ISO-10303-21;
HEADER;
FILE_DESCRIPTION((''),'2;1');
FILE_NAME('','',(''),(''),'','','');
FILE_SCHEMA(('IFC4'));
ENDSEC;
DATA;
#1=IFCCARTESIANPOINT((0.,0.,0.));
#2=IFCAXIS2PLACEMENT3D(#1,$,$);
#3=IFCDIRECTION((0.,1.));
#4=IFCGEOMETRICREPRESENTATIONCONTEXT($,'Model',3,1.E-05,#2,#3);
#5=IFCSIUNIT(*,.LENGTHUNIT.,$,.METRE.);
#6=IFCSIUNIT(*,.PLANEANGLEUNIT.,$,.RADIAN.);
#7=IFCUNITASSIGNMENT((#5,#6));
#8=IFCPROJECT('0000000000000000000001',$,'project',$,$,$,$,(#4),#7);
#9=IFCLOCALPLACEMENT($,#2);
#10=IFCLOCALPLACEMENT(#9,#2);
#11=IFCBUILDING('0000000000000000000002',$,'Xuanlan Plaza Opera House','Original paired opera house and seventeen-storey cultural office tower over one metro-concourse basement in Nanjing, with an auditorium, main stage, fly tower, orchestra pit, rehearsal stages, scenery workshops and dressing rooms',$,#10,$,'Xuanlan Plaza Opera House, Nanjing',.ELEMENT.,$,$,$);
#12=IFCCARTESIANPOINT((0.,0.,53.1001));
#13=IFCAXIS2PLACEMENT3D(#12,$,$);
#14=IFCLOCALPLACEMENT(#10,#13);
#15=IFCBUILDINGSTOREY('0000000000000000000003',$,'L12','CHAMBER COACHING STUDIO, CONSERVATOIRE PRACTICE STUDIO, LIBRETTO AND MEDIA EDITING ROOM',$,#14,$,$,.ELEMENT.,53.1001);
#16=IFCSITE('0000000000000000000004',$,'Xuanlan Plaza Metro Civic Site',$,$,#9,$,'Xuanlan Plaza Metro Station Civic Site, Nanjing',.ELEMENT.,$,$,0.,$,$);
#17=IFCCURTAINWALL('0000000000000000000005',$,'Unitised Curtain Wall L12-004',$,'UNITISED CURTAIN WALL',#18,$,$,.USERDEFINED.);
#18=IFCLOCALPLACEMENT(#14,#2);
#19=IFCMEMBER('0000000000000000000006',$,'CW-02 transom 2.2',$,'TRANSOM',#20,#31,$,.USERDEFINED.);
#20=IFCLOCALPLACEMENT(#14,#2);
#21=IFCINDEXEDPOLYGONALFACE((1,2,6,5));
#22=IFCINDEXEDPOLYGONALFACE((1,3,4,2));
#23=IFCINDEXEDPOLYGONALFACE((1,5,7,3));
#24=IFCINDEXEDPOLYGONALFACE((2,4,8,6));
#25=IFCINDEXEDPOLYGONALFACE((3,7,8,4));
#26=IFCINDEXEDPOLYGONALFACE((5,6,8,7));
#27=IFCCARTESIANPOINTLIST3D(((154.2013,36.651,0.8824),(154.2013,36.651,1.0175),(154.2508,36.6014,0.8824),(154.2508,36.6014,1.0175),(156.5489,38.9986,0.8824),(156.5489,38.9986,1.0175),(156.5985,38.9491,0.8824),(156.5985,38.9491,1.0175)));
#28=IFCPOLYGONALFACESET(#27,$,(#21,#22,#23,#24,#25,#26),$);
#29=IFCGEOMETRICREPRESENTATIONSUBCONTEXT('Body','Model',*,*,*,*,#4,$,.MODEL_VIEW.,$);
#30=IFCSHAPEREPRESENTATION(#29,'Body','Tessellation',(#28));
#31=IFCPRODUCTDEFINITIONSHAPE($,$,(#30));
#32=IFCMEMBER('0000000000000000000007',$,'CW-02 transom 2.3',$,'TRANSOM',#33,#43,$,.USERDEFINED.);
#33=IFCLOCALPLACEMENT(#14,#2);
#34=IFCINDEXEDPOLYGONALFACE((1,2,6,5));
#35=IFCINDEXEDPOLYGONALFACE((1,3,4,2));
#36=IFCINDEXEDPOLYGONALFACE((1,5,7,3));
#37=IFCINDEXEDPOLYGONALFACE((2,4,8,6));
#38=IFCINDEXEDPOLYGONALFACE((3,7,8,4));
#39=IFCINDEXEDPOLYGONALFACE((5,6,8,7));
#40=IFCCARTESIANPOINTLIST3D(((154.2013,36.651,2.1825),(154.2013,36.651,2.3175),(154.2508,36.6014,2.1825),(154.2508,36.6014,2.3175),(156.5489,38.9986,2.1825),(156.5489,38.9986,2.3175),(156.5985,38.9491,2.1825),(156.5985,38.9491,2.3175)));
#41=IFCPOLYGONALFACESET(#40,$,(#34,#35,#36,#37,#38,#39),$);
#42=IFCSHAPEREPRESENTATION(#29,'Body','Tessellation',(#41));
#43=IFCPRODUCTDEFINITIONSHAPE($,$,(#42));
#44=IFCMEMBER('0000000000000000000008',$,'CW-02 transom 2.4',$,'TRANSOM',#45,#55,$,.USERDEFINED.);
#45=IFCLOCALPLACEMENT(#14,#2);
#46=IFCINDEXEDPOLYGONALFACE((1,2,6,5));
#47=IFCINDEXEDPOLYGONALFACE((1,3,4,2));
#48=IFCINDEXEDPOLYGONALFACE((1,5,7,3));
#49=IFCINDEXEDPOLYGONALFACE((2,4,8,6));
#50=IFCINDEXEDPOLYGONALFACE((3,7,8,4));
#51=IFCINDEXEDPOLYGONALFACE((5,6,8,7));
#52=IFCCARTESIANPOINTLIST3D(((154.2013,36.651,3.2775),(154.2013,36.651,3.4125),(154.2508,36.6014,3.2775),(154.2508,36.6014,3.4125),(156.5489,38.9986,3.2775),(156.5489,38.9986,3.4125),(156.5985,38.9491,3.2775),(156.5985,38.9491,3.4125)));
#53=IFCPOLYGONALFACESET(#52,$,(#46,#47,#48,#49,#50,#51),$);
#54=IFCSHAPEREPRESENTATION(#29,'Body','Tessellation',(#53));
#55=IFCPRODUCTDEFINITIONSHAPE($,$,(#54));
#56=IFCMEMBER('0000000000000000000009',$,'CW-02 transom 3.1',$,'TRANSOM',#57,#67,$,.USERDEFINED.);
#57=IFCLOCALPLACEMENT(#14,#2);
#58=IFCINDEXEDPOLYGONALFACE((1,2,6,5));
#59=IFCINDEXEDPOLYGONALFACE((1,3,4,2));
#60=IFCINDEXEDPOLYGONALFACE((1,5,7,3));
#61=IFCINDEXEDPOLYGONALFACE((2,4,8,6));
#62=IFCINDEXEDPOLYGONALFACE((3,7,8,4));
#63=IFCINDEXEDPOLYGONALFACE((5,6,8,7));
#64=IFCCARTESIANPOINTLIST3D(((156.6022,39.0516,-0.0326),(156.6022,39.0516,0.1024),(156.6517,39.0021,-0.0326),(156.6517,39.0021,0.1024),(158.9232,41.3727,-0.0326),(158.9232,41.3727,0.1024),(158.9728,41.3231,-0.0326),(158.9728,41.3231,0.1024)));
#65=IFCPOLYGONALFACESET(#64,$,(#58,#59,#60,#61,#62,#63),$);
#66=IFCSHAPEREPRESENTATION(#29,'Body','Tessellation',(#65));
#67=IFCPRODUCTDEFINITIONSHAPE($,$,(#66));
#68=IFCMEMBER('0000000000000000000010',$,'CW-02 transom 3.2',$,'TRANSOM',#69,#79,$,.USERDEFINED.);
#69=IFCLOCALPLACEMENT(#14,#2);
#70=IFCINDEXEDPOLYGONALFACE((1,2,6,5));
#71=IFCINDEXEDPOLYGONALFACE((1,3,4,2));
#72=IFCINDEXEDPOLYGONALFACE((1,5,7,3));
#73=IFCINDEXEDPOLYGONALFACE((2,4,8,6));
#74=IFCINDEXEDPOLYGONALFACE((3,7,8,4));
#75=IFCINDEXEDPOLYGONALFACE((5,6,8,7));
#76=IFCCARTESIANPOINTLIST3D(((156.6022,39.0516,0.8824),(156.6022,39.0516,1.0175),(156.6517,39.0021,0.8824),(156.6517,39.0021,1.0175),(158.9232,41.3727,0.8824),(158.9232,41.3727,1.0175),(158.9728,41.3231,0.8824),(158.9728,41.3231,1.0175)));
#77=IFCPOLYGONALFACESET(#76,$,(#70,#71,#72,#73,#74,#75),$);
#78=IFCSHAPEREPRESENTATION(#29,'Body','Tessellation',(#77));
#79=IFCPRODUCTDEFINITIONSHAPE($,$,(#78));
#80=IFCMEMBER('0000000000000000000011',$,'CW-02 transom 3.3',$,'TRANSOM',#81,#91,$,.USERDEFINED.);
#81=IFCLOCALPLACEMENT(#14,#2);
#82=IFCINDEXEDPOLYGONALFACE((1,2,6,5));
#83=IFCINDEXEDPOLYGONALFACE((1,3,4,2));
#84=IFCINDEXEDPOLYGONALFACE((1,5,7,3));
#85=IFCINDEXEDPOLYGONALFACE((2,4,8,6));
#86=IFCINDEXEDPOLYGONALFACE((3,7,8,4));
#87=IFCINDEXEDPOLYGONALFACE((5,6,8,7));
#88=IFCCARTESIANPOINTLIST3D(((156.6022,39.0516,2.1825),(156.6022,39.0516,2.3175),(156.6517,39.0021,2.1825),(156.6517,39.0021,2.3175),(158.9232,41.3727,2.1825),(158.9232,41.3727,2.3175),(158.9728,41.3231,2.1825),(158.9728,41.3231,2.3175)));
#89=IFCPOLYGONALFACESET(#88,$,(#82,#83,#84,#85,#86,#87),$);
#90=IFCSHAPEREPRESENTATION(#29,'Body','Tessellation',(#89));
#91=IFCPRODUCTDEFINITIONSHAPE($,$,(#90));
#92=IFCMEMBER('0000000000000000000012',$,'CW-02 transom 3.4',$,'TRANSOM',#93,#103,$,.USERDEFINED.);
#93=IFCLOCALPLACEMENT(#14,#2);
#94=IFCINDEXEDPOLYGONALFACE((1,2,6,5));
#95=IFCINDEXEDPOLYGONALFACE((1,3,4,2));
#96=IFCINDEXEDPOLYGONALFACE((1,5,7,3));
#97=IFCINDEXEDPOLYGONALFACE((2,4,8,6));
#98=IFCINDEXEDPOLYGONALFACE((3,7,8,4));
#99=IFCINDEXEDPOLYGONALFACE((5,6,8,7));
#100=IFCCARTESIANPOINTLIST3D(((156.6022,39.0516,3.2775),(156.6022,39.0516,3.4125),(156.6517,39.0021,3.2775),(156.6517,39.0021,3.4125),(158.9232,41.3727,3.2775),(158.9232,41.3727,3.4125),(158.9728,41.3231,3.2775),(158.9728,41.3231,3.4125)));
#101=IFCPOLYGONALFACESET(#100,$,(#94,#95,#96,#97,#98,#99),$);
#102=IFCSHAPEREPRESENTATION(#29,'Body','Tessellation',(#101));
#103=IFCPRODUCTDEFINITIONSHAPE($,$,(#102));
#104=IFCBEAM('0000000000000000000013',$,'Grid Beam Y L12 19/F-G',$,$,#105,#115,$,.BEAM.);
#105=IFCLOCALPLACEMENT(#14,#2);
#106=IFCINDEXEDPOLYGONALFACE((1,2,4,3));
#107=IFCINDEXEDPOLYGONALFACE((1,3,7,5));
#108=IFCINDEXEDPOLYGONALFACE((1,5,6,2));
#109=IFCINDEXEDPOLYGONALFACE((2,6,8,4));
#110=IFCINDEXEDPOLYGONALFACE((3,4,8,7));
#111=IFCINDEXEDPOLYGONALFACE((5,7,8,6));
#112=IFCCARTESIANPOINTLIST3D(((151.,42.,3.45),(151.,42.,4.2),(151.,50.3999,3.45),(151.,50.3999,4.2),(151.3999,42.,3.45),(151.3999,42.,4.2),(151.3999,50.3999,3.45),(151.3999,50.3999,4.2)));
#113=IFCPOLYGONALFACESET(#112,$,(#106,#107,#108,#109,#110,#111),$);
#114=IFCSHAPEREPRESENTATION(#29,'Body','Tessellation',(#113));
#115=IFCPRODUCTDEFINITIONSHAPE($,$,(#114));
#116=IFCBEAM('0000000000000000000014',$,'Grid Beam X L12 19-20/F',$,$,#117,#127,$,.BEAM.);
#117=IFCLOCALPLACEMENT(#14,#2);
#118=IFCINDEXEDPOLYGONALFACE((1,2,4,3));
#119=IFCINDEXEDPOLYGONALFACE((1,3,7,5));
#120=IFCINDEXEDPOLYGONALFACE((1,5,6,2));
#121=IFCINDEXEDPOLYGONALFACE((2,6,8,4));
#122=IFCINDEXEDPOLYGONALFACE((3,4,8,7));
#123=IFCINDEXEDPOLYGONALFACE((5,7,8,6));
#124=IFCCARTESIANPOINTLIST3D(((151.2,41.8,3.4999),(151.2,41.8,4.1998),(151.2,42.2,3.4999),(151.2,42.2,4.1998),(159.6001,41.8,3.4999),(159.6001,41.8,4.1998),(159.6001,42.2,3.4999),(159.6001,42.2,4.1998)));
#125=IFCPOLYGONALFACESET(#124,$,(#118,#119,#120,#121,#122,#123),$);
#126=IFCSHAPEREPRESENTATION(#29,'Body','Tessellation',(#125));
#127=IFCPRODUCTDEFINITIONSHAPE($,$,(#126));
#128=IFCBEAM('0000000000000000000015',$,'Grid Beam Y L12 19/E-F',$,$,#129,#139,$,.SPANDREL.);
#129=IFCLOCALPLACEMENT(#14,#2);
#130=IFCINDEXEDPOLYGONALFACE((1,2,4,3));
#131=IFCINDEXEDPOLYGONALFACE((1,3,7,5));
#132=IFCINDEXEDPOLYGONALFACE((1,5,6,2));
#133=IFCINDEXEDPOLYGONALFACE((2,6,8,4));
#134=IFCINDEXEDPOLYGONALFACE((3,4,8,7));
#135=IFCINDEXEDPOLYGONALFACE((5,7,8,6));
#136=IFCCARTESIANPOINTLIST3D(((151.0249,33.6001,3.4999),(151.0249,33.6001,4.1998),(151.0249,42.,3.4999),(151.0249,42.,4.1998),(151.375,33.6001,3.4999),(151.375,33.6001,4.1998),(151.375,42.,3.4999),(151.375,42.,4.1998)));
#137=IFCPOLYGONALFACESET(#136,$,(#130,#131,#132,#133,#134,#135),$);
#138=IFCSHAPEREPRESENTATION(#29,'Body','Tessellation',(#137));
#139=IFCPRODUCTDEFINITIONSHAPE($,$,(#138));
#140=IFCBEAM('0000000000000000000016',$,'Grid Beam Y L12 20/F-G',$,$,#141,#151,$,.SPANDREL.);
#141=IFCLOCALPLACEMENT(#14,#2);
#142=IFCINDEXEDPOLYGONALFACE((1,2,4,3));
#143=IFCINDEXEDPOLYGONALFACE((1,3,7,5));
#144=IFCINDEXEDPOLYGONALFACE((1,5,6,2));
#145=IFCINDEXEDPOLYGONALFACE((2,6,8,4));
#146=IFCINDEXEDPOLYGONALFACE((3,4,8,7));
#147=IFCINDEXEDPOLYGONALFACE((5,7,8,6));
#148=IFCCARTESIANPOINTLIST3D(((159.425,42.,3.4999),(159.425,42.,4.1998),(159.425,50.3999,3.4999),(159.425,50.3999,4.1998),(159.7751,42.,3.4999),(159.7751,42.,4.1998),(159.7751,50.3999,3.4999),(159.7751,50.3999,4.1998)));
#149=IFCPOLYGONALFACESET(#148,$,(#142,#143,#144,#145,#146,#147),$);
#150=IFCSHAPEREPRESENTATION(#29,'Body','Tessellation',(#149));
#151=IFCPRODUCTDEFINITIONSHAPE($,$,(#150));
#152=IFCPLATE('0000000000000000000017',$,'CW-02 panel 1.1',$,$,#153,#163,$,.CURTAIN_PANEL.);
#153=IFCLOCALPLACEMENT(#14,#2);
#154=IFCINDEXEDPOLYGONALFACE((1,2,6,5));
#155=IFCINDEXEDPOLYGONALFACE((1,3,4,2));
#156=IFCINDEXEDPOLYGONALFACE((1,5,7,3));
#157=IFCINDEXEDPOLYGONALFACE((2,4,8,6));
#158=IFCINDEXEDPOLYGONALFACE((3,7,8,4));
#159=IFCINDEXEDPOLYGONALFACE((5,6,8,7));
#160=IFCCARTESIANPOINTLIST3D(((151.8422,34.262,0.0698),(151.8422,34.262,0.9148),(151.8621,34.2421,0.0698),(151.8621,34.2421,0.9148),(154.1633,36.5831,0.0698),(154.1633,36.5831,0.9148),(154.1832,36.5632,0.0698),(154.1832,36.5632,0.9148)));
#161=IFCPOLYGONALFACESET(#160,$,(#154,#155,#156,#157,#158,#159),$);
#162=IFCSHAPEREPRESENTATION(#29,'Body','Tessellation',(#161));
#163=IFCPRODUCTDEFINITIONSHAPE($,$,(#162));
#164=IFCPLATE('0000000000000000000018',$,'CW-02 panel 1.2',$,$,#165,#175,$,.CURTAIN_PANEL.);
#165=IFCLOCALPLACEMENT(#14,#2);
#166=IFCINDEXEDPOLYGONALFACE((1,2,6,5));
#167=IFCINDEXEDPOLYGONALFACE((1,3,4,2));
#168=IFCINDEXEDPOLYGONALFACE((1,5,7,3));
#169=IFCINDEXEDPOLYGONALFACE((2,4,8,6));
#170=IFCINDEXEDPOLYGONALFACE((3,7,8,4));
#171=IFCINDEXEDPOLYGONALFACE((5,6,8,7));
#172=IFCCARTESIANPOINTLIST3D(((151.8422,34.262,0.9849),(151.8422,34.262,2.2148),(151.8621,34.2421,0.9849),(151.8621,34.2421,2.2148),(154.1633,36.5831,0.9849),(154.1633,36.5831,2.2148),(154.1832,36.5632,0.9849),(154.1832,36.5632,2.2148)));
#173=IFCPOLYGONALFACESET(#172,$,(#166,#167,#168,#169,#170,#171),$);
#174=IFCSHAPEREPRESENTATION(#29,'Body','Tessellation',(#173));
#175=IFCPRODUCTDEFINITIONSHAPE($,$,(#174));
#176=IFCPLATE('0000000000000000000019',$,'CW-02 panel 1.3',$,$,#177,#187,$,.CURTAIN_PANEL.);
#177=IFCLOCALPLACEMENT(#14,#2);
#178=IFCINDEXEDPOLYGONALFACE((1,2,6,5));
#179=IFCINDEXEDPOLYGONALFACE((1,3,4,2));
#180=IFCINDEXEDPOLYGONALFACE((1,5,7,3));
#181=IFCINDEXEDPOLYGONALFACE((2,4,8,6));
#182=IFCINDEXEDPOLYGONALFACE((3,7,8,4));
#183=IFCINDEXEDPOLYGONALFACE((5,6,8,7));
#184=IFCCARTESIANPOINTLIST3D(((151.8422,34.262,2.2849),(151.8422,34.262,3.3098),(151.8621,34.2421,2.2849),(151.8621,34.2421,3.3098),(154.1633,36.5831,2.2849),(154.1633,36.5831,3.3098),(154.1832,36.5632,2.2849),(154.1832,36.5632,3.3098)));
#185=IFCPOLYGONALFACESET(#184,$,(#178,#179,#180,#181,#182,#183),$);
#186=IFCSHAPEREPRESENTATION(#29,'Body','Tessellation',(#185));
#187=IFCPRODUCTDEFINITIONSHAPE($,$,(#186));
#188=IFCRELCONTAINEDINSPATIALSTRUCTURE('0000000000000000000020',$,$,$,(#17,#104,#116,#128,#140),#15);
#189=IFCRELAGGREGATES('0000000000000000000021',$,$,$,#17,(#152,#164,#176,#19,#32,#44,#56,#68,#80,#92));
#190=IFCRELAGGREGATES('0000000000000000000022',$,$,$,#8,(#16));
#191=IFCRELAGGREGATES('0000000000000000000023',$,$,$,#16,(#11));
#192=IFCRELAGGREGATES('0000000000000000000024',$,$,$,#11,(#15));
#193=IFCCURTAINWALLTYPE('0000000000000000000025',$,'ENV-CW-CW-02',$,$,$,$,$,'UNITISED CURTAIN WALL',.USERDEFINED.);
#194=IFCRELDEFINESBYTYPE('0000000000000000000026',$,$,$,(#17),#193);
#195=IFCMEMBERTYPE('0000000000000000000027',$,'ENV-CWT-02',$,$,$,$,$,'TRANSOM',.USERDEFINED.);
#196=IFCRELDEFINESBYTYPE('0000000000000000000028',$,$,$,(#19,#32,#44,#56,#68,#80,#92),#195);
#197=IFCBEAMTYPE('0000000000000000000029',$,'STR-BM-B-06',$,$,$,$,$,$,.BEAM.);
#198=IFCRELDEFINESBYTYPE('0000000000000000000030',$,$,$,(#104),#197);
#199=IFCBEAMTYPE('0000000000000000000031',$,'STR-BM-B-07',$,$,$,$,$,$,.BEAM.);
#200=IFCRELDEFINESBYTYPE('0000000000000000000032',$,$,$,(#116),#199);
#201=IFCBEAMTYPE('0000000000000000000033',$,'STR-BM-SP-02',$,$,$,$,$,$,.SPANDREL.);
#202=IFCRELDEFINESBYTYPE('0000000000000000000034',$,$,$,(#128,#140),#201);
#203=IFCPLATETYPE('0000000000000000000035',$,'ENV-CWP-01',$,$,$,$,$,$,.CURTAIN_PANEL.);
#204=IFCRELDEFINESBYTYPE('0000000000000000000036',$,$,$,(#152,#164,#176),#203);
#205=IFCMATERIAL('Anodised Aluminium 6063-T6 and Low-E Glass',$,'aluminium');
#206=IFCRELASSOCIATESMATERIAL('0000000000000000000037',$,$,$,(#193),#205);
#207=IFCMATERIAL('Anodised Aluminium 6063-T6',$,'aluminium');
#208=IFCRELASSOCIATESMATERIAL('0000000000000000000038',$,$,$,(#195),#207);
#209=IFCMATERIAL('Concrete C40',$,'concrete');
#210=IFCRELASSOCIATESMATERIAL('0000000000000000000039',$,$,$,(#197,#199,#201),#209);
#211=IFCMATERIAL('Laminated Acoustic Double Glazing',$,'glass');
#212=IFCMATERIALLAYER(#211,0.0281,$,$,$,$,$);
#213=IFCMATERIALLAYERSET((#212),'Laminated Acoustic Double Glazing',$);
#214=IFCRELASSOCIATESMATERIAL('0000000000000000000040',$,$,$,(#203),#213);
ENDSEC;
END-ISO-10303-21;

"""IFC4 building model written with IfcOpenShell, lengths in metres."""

from ifc_helpers import new_model, si_unit, direction, frame, origin, origin_2d, place, context, subcontext, project, spatial, rectangle, extrude, material, layer, layer_set, material_profile, profile_set, type_object, element, aggregate, save


model = new_model("IFC4")

# Units and contexts
model_context = context("Model", 3, precision=1e-05, world=origin(), true_north=direction((0.0, 1.0)))
body_context = subcontext(model_context, "Body", "Model", "MODEL_VIEW")
ifc_project = project(units=[si_unit("LENGTHUNIT", "METRE"), si_unit("PLANEANGLEUNIT", "RADIAN")], contexts=[model_context])

# Site, building, storey
site_placement = place(None, origin())
site = spatial("IfcSite", under=ifc_project, at=site_placement, Name="Xuanlan Plaza Metro Civic Site", LongName="Xuanlan Plaza Metro Station Civic Site, Nanjing", CompositionType="ELEMENT", RefElevation=0.0)
building_placement = place(site_placement, origin())
building = spatial("IfcBuilding", under=site, at=building_placement, Name="Xuanlan Plaza Opera House", Description="Original paired opera house and seventeen-storey cultural office tower over one metro-concourse basement in Nanjing, with an auditorium, main stage, fly tower, orchestra pit, rehearsal stages, scenery workshops and dressing rooms", LongName="Xuanlan Plaza Opera House, Nanjing", CompositionType="ELEMENT")
storey_placement = place(building_placement, frame((0.0, 0.0, 53.1001)))
storey = spatial("IfcBuildingStorey", under=building, at=storey_placement, Name="L12", Description="CHAMBER COACHING STUDIO, CONSERVATOIRE PRACTICE STUDIO, LIBRETTO AND MEDIA EDITING ROOM", CompositionType="ELEMENT", Elevation=53.1001)

# Curtain wall, members
ifc_material_1 = material(Name="Anodised Aluminium 6063-T6 and Low-E Glass", Category="aluminium")
curtain_wall_type = type_object("IfcCurtainWallType", Name="ENV-CW-CW-02", ElementType="UNITISED CURTAIN WALL", PredefinedType="USERDEFINED", material=ifc_material_1)
curtain_wall_placement = place(storey_placement, origin())
curtain_wall = element("IfcCurtainWall", 1, at=curtain_wall_placement, inside=storey, type_object=curtain_wall_type, Name="Unitised Curtain Wall L12-004", ObjectType="UNITISED CURTAIN WALL", PredefinedType="USERDEFINED")
ifc_material_2 = material(Name="Anodised Aluminium 6063-T6", Category="aluminium")
ifc_material_profile_1 = material_profile(ifc_material_2, rectangle(XDim=0.0701, YDim=0.135, at=origin_2d()), Name="ALU-T 70x135")
ifc_profile_set_1 = profile_set([ifc_material_profile_1], Name="Anodised Aluminium 6063-T6")
member_type_1 = type_object("IfcMemberType", Name="ENV-CWT-02", ElementType="TRANSOM", PredefinedType="USERDEFINED", material=ifc_profile_set_1)
member_1_placement = place(storey_placement, frame((154.2261, 36.6262, 0.95), z_axis=(0.707107, 0.707107, 0.0), x_axis=(-0.707107, 0.707107, 0.0)))
member_1 = element("IfcMember", 2, at=member_1_placement, type_object=member_type_1, Name="CW-02 transom 2.2", ObjectType="TRANSOM", PredefinedType="USERDEFINED", context=body_context, shape_type="SweptSolid", body=[
    extrude(rectangle(XDim=0.0701, YDim=0.135, at=origin_2d()), origin(), (0.0, 0.0, 1.0), 3.3201),
])
member_2_placement = place(storey_placement, frame((154.2261, 36.6262, 2.25), z_axis=(0.707107, 0.707107, 0.0), x_axis=(-0.707107, 0.707107, 0.0)))
member_2 = element("IfcMember", 3, at=member_2_placement, type_object=member_type_1, Name="CW-02 transom 2.3", ObjectType="TRANSOM", PredefinedType="USERDEFINED", context=body_context, shape_type="SweptSolid", body=[
    extrude(rectangle(XDim=0.0701, YDim=0.135, at=origin_2d()), origin(), (0.0, 0.0, 1.0), 3.3201),
])
member_3_placement = place(storey_placement, frame((154.2261, 36.6262, 3.345), z_axis=(0.707107, 0.707107, 0.0), x_axis=(-0.707107, 0.707107, 0.0)))
member_3 = element("IfcMember", 4, at=member_3_placement, type_object=member_type_1, Name="CW-02 transom 2.4", ObjectType="TRANSOM", PredefinedType="USERDEFINED", context=body_context, shape_type="SweptSolid", body=[
    extrude(rectangle(XDim=0.0701, YDim=0.135, at=origin_2d()), origin(), (0.0, 0.0, 1.0), 3.3201),
])
member_4_placement = place(storey_placement, frame((156.627, 39.0269, 0.0349), z_axis=(0.707107, 0.707107, 0.0), x_axis=(-0.707107, 0.707107, 0.0)))
member_4 = element("IfcMember", 5, at=member_4_placement, type_object=member_type_1, Name="CW-02 transom 3.1", ObjectType="TRANSOM", PredefinedType="USERDEFINED", context=body_context, shape_type="SweptSolid", body=[
    extrude(rectangle(XDim=0.0701, YDim=0.135, at=origin_2d()), origin(), (0.0, 0.0, 1.0), 3.2825),
])
member_5_placement = place(storey_placement, frame((156.627, 39.0269, 0.95), z_axis=(0.707107, 0.707107, 0.0), x_axis=(-0.707107, 0.707107, 0.0)))
member_5 = element("IfcMember", 6, at=member_5_placement, type_object=member_type_1, Name="CW-02 transom 3.2", ObjectType="TRANSOM", PredefinedType="USERDEFINED", context=body_context, shape_type="SweptSolid", body=[
    extrude(rectangle(XDim=0.0701, YDim=0.135, at=origin_2d()), origin(), (0.0, 0.0, 1.0), 3.2825),
])
member_6_placement = place(storey_placement, frame((156.627, 39.0269, 2.25), z_axis=(0.707107, 0.707107, 0.0), x_axis=(-0.707107, 0.707107, 0.0)))
member_6 = element("IfcMember", 7, at=member_6_placement, type_object=member_type_1, Name="CW-02 transom 3.3", ObjectType="TRANSOM", PredefinedType="USERDEFINED", context=body_context, shape_type="SweptSolid", body=[
    extrude(rectangle(XDim=0.0701, YDim=0.135, at=origin_2d()), origin(), (0.0, 0.0, 1.0), 3.2825),
])
member_7_placement = place(storey_placement, frame((156.627, 39.0269, 3.345), z_axis=(0.707107, 0.707107, 0.0), x_axis=(-0.707107, 0.707107, 0.0)))
member_7 = element("IfcMember", 8, at=member_7_placement, type_object=member_type_1, Name="CW-02 transom 3.4", ObjectType="TRANSOM", PredefinedType="USERDEFINED", context=body_context, shape_type="SweptSolid", body=[
    extrude(rectangle(XDim=0.0701, YDim=0.135, at=origin_2d()), origin(), (0.0, 0.0, 1.0), 3.2825),
])

# Beams
ifc_material_3 = material(Name="Concrete C40", Category="concrete")
ifc_material_profile_2 = material_profile(ifc_material_3, rectangle(XDim=0.3999, YDim=0.75, at=origin_2d()), Name="RC-BM 400x750")
ifc_profile_set_2 = profile_set([ifc_material_profile_2], Name="Concrete C40")
beam_type_1 = type_object("IfcBeamType", Name="STR-BM-B-06", PredefinedType="BEAM", material=ifc_profile_set_2)
beam_1_placement = place(storey_placement, frame((151.2, 42.0, 3.825), z_axis=(0.0, 1.0, 0.0), x_axis=(-1.0, 0.0, 0.0)))
element("IfcBeam", 9, at=beam_1_placement, inside=storey, type_object=beam_type_1, Name="Grid Beam Y L12 19/F-G", PredefinedType="BEAM", context=body_context, shape_type="SweptSolid", body=[
    extrude(rectangle(XDim=0.3999, YDim=0.75, at=origin_2d()), origin(), (0.0, 0.0, 1.0), 8.3999),
])
ifc_material_profile_3 = material_profile(ifc_material_3, rectangle(XDim=0.3999, YDim=0.7, at=origin_2d()), Name="RC-BM 400x700")
ifc_profile_set_3 = profile_set([ifc_material_profile_3], Name="Concrete C40")
beam_type_2 = type_object("IfcBeamType", Name="STR-BM-B-07", PredefinedType="BEAM", material=ifc_profile_set_3)
beam_2_placement = place(storey_placement, frame((151.2, 42.0, 3.8499), z_axis=(1.0, 0.0, 0.0), x_axis=(0.0, 1.0, 0.0)))
element("IfcBeam", 10, at=beam_2_placement, inside=storey, type_object=beam_type_2, Name="Grid Beam X L12 19-20/F", PredefinedType="BEAM", context=body_context, shape_type="SweptSolid", body=[
    extrude(rectangle(XDim=0.3999, YDim=0.7, at=origin_2d()), origin(), (0.0, 0.0, 1.0), 8.4001),
])
ifc_material_profile_4 = material_profile(ifc_material_3, rectangle(XDim=0.3501, YDim=0.7, at=origin_2d()), Name="RC-SPD 350x700")
ifc_profile_set_4 = profile_set([ifc_material_profile_4], Name="Concrete C40")
beam_type_3 = type_object("IfcBeamType", Name="STR-BM-SP-02", PredefinedType="SPANDREL", material=ifc_profile_set_4)
for number, where, z_axis, x_axis, name in (
    (11, (151.2, 33.6001, 3.8499), (0.0, 1.0, 0.0), (-1.0, 0.0, 0.0), "Grid Beam Y L12 19/E-F"),
    (12, (159.6001, 42.0, 3.8499), (0.0, 1.0, 0.0), (-1.0, 0.0, 0.0), "Grid Beam Y L12 20/F-G"),
):
    element("IfcBeam", number, at=place(storey_placement, frame(where, z_axis=z_axis, x_axis=x_axis)), inside=storey, type_object=beam_type_3, Name=name, PredefinedType="SPANDREL", context=body_context, shape_type="SweptSolid", body=[
        extrude(rectangle(XDim=0.3501, YDim=0.7, at=origin_2d()), origin(), (0.0, 0.0, 1.0), 8.3999),
    ])

# Plates
ifc_material_4 = material(Name="Laminated Acoustic Double Glazing", Category="glass")
ifc_layer = layer(ifc_material_4, 0.0281)
ifc_layer_set = layer_set([ifc_layer], Name="Laminated Acoustic Double Glazing")
plate_type = type_object("IfcPlateType", Name="ENV-CWP-01", PredefinedType="CURTAIN_PANEL", material=ifc_layer_set)
plate_1_placement = place(storey_placement, frame((153.0127, 35.4126, 0.0698), z_axis=(0.0, 0.0, 1.0), x_axis=(0.707107, 0.707107, 0.0)))
plate_1 = element("IfcPlate", 13, at=plate_1_placement, type_object=plate_type, Name="CW-02 panel 1.1", PredefinedType="CURTAIN_PANEL", context=body_context, shape_type="SweptSolid", body=[
    extrude(rectangle(XDim=3.2825, YDim=0.0281, at=origin_2d()), origin(), (0.0, 0.0, 1.0), 0.845),
])
plate_2_placement = place(storey_placement, frame((153.0127, 35.4126, 0.9849), z_axis=(0.0, 0.0, 1.0), x_axis=(0.707107, 0.707107, 0.0)))
plate_2 = element("IfcPlate", 14, at=plate_2_placement, type_object=plate_type, Name="CW-02 panel 1.2", PredefinedType="CURTAIN_PANEL", context=body_context, shape_type="SweptSolid", body=[
    extrude(rectangle(XDim=3.2825, YDim=0.0281, at=origin_2d()), origin(), (0.0, 0.0, 1.0), 1.23),
])
plate_3_placement = place(storey_placement, frame((153.0127, 35.4126, 2.2849), z_axis=(0.0, 0.0, 1.0), x_axis=(0.707107, 0.707107, 0.0)))
plate_3 = element("IfcPlate", 15, at=plate_3_placement, type_object=plate_type, Name="CW-02 panel 1.3", PredefinedType="CURTAIN_PANEL", context=body_context, shape_type="SweptSolid", body=[
    extrude(rectangle(XDim=3.2825, YDim=0.0281, at=origin_2d()), origin(), (0.0, 0.0, 1.0), 1.0249),
])
aggregate(curtain_wall, [plate_1, plate_2, plate_3, member_1, member_2, member_3, member_4, member_5, member_6, member_7])

save(model, "model.ifc")
